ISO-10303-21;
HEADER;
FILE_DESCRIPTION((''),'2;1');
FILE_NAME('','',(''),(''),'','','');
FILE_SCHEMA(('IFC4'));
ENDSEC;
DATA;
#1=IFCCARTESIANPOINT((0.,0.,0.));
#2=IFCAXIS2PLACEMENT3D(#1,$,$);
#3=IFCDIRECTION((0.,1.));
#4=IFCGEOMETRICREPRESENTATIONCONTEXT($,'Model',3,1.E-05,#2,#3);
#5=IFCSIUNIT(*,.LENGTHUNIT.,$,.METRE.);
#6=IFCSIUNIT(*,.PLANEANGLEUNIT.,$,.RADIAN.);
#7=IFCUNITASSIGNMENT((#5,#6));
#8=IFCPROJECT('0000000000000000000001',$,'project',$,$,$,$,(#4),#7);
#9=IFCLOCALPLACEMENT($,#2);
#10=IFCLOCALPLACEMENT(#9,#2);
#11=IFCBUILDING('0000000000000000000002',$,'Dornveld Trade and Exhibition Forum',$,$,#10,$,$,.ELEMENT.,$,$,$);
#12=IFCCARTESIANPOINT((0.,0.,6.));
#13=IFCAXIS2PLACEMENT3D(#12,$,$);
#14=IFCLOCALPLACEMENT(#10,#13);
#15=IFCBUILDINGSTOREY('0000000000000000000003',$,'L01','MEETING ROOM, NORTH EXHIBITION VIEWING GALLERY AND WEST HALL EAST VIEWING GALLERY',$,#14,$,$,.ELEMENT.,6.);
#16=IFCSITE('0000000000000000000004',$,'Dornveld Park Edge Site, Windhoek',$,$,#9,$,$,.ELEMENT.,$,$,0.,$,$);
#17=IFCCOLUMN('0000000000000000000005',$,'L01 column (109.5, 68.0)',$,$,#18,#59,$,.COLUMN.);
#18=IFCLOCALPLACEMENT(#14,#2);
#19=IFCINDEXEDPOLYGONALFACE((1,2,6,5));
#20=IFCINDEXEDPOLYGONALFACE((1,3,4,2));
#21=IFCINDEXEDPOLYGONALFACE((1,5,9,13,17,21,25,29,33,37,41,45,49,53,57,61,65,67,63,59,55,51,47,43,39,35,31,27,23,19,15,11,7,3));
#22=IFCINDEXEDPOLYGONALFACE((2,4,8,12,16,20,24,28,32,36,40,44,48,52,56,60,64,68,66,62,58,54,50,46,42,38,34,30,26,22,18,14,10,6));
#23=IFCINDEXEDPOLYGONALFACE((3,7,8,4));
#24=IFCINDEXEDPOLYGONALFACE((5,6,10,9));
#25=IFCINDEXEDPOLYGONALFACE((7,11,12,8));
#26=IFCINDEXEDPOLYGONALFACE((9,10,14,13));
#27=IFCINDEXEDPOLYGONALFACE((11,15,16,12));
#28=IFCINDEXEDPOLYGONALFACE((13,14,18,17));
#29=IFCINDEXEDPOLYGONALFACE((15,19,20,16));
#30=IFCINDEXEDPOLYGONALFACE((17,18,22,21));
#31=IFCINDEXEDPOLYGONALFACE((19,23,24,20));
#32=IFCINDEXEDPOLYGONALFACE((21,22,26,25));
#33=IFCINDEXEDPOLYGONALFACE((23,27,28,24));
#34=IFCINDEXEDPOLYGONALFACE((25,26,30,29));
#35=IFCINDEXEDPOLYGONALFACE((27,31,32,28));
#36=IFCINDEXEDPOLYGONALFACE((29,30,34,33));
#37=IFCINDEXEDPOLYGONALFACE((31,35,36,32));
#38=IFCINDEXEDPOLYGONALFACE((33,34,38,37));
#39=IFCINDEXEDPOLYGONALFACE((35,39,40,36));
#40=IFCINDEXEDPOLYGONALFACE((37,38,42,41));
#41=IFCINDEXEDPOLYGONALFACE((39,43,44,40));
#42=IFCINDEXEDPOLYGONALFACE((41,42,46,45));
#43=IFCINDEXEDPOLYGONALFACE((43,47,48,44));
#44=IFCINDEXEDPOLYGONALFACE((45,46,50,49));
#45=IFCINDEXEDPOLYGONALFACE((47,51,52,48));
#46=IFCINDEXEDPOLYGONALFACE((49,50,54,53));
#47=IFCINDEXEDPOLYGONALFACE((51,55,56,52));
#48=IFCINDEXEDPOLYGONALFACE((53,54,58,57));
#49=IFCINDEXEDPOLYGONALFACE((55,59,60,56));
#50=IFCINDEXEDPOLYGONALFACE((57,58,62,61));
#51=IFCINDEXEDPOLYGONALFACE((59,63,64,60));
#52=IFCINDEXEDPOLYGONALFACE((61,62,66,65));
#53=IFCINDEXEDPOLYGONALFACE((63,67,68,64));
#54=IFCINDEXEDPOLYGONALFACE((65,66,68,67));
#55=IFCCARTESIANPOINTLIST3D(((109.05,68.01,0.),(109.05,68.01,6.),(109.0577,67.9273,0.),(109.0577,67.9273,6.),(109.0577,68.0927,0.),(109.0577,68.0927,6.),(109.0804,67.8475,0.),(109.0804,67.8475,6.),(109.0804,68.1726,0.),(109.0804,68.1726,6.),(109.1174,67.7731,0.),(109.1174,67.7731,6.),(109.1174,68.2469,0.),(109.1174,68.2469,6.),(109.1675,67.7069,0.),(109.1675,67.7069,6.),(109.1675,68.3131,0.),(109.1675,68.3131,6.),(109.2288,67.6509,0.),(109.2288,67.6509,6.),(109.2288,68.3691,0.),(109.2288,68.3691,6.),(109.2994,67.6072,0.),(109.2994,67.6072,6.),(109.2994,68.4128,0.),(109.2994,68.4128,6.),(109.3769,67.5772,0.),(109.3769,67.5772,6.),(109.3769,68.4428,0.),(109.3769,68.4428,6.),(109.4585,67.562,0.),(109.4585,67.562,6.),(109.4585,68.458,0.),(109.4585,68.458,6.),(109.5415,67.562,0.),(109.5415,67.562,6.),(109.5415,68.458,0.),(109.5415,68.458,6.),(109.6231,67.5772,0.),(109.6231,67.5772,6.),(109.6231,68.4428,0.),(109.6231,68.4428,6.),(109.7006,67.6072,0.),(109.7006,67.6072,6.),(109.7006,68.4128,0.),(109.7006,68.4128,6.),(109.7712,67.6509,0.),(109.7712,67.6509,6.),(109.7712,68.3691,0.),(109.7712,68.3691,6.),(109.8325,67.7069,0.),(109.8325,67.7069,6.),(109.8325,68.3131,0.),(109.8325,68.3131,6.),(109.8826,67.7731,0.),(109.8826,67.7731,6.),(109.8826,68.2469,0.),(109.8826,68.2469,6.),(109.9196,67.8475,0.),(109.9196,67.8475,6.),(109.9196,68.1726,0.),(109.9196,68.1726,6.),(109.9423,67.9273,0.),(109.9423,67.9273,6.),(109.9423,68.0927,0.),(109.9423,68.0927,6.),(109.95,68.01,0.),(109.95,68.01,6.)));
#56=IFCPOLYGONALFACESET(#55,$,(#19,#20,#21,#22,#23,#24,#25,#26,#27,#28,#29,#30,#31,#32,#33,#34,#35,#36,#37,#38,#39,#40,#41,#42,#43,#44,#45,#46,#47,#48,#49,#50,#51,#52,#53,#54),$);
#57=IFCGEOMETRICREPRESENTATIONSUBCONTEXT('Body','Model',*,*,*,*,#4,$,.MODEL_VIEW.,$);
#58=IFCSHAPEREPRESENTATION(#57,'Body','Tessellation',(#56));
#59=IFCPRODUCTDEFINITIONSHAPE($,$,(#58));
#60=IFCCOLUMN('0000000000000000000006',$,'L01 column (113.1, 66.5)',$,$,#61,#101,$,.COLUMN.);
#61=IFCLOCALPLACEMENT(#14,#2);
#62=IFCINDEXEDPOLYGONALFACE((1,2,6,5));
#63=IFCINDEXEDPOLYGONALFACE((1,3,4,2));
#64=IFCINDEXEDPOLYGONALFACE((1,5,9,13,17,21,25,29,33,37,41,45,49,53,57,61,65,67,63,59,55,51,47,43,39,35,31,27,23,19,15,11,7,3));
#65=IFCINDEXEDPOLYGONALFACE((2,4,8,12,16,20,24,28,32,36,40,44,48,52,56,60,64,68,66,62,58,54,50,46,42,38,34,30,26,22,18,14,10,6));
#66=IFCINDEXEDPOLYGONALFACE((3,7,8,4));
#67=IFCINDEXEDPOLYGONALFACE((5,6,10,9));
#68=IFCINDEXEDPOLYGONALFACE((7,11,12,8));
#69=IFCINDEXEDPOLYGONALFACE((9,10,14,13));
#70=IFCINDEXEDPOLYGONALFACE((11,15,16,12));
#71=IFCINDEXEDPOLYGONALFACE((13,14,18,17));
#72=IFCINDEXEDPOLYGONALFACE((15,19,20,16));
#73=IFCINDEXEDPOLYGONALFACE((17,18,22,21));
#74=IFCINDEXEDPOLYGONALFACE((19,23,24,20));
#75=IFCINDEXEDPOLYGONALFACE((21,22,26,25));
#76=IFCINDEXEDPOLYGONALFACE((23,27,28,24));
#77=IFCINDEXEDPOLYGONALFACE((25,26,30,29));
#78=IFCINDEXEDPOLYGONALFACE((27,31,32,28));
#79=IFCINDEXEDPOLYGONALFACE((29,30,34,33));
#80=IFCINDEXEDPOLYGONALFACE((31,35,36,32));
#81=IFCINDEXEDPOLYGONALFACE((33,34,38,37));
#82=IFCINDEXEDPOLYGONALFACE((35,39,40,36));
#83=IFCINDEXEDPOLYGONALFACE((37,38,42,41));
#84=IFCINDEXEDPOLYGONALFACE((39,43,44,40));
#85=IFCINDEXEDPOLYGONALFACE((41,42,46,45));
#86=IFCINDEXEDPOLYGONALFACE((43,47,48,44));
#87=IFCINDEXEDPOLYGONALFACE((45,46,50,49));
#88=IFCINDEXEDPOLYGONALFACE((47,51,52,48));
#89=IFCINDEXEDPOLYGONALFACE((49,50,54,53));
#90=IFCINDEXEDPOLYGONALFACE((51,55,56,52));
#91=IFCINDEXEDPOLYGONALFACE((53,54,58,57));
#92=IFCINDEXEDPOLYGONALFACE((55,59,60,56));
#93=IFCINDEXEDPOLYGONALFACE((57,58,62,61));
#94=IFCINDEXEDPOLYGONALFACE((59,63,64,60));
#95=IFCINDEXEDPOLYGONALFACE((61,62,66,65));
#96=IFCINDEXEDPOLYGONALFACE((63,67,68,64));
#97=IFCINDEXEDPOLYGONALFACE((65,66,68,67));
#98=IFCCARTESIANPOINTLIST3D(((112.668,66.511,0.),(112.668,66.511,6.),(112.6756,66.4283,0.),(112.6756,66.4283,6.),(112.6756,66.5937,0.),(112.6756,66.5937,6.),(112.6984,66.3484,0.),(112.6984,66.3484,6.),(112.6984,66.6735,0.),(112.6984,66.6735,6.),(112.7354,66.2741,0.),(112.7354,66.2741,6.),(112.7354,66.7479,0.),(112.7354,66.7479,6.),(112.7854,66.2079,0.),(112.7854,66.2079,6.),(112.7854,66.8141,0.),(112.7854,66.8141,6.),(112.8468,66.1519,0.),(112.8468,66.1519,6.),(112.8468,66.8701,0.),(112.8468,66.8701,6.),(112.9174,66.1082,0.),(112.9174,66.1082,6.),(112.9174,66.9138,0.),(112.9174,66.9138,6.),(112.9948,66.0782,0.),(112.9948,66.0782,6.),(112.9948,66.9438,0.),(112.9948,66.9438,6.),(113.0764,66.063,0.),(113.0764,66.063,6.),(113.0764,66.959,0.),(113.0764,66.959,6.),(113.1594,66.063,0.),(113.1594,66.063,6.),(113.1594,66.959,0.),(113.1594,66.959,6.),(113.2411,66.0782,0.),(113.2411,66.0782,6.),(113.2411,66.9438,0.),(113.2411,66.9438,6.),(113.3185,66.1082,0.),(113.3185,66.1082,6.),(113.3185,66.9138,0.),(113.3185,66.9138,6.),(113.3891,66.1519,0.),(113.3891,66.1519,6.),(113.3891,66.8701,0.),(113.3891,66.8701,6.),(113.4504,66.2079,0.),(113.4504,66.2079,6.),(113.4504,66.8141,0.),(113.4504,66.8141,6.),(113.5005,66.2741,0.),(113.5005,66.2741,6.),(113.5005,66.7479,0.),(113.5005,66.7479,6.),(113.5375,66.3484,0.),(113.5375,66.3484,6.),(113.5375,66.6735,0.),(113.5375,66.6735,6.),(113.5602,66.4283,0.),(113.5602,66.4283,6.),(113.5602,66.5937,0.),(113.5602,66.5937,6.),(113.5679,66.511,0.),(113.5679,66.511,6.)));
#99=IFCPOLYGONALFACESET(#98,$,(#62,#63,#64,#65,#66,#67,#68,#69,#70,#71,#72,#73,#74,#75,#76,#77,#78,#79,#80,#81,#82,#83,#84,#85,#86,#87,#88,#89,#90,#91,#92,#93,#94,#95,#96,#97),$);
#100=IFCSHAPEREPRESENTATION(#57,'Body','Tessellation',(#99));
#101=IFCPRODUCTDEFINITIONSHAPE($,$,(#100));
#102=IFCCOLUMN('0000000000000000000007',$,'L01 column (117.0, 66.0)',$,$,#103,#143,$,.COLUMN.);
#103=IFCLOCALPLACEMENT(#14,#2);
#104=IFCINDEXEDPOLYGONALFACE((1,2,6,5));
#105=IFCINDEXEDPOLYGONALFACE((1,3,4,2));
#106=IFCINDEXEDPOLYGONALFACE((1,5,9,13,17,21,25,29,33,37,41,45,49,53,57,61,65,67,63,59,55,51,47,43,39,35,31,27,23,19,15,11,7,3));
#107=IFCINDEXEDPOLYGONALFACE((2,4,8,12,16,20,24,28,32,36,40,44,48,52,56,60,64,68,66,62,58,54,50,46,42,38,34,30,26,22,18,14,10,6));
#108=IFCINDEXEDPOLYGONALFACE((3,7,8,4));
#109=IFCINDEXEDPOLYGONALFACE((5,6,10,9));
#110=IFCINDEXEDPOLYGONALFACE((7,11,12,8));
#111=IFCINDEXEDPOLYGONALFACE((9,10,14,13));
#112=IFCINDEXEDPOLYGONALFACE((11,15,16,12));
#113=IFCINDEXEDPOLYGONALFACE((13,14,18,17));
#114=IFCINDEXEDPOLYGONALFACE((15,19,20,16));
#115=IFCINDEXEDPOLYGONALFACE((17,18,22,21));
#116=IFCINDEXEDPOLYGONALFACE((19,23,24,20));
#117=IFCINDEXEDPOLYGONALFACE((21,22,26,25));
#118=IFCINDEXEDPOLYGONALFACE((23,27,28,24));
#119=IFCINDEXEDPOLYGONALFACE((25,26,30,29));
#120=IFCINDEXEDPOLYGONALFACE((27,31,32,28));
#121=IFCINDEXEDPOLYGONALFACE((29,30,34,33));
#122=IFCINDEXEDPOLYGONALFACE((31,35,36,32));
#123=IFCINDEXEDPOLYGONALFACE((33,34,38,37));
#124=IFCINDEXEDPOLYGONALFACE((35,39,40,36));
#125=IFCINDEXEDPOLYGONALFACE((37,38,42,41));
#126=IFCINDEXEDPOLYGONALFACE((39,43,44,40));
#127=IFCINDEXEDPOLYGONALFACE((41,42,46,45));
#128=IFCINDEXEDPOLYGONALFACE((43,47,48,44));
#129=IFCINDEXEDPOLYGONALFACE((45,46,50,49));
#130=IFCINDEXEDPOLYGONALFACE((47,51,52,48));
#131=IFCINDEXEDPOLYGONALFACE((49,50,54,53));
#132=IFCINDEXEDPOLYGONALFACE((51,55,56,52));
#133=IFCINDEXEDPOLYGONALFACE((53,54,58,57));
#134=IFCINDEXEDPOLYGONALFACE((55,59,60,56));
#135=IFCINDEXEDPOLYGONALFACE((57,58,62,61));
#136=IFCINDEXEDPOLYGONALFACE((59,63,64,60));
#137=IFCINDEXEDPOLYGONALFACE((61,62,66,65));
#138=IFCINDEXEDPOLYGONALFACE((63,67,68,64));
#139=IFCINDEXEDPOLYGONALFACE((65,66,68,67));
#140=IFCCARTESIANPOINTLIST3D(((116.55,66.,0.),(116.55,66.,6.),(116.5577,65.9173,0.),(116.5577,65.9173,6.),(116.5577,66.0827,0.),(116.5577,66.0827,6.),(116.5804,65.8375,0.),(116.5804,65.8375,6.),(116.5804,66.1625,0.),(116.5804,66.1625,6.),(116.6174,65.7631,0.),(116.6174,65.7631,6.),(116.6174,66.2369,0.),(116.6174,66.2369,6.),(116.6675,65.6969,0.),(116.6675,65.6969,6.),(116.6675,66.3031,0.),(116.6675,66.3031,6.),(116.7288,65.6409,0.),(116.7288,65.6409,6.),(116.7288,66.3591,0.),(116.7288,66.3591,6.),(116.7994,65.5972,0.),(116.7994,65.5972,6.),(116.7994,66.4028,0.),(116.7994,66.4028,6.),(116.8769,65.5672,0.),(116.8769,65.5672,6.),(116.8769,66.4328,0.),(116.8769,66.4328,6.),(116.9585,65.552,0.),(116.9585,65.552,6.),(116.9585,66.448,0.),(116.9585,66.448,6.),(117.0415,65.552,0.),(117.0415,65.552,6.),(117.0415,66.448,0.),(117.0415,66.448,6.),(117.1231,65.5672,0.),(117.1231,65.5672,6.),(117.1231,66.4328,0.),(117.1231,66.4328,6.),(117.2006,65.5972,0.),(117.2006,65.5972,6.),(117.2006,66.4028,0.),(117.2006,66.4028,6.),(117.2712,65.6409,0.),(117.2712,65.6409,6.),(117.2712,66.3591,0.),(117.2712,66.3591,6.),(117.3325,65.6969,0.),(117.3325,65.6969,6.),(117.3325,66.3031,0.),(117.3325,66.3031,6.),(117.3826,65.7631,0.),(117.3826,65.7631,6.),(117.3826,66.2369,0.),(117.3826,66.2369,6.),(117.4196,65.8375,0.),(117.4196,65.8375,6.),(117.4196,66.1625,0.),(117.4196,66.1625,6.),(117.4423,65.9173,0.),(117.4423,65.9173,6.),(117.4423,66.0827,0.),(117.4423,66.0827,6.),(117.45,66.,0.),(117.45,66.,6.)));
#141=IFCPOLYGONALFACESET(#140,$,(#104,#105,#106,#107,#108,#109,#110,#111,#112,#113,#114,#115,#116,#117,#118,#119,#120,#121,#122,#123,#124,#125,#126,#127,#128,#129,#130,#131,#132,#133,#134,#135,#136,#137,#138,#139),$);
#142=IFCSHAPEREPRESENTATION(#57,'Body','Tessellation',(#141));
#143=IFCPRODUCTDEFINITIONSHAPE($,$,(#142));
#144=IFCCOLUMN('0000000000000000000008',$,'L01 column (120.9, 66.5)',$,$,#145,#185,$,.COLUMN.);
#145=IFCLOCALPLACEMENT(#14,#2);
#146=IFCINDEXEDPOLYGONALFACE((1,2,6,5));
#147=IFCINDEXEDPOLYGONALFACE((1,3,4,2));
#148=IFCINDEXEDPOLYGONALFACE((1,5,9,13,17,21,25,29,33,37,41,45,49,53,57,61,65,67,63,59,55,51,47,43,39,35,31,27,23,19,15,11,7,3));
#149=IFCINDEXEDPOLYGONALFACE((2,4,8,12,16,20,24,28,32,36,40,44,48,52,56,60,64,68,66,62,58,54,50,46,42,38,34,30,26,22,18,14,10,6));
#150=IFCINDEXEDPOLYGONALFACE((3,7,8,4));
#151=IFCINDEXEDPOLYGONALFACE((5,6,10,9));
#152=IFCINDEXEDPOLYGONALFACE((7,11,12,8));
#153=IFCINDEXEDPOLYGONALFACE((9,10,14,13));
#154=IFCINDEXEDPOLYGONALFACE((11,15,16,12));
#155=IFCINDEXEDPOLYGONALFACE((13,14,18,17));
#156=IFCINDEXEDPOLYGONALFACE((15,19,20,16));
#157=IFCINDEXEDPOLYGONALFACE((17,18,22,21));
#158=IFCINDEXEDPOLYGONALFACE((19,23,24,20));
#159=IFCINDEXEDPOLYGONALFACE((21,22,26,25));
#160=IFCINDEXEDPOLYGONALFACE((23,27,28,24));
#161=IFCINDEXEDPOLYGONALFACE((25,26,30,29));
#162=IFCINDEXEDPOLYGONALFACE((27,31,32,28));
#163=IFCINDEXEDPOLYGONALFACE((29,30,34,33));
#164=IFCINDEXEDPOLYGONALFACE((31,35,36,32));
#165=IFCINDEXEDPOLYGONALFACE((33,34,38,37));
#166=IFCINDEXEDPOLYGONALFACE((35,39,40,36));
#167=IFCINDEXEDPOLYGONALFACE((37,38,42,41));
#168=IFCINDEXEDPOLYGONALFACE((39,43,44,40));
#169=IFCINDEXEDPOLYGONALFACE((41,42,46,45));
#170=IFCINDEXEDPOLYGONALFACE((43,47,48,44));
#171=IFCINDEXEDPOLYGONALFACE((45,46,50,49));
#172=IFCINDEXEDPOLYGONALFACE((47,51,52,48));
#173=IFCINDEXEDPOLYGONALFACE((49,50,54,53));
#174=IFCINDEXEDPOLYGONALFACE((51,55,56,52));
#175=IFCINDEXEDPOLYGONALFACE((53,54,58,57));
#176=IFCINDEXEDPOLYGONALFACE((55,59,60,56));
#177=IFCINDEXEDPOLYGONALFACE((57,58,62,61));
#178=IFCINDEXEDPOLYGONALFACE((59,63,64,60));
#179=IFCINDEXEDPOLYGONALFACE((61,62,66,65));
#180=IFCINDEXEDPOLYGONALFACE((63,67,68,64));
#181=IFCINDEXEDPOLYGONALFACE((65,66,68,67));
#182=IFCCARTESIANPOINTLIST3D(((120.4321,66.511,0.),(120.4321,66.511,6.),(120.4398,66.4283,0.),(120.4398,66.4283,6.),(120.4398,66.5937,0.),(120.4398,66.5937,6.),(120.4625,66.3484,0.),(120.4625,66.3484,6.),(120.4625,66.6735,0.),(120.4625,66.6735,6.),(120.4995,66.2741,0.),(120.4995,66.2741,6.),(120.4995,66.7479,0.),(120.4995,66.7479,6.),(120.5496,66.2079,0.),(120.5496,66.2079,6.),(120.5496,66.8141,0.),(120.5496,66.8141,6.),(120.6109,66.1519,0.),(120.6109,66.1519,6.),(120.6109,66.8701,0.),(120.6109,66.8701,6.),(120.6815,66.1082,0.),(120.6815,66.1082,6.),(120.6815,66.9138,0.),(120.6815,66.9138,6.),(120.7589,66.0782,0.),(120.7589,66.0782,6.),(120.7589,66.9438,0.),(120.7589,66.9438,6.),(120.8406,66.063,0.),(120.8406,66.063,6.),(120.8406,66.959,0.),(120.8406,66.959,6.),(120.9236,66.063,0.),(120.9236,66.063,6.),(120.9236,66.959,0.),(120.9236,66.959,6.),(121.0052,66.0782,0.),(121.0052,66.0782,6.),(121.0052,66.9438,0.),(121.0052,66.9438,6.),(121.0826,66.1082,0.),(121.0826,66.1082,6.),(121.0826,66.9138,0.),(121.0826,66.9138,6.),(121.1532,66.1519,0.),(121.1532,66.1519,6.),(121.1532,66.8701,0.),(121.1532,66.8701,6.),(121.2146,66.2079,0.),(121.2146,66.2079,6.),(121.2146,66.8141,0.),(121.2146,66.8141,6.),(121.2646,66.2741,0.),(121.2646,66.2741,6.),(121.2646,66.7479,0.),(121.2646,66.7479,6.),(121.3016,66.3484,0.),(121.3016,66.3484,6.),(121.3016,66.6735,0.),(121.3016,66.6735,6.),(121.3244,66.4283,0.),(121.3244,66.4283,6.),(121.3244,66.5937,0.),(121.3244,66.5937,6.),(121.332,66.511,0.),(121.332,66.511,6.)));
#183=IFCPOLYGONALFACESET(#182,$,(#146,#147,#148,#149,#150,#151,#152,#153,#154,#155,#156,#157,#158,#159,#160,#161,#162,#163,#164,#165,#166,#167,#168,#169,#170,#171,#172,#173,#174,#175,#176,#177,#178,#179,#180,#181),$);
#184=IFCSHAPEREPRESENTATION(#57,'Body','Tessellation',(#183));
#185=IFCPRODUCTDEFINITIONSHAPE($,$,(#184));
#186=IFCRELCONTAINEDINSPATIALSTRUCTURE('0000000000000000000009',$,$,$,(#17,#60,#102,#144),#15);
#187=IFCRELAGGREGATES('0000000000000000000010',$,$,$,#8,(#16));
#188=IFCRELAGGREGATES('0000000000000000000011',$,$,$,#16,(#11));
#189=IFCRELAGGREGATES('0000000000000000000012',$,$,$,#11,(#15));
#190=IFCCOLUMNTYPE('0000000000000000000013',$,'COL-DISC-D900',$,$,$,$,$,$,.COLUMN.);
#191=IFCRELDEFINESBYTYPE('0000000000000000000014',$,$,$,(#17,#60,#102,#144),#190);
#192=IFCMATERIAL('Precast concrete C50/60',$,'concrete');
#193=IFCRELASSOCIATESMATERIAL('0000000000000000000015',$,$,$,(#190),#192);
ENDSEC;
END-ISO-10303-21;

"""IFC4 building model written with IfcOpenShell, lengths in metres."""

from ifc_helpers import new_model, si_unit, direction, frame, origin, origin_2d, place, context, subcontext, project, spatial, circle, extrude, material, material_profile, profile_set, type_object, element, save


model = new_model("IFC4")

# Units and contexts
model_context = context("Model", 3, precision=1e-05, world=origin(), true_north=direction((0.0, 1.0)))
body_context = subcontext(model_context, "Body", "Model", "MODEL_VIEW")
ifc_project = project(units=[si_unit("LENGTHUNIT", "METRE"), si_unit("PLANEANGLEUNIT", "RADIAN")], contexts=[model_context])

# Site, building, storey
site_placement = place(None, origin())
site = spatial("IfcSite", under=ifc_project, at=site_placement, Name="Dornveld Park Edge Site, Windhoek", CompositionType="ELEMENT", RefElevation=0.0)
building_placement = place(site_placement, origin())
building = spatial("IfcBuilding", under=site, at=building_placement, Name="Dornveld Trade and Exhibition Forum", CompositionType="ELEMENT")
storey_placement = place(building_placement, frame((0.0, 0.0, 6.0)))
storey = spatial("IfcBuildingStorey", under=building, at=storey_placement, Name="L01", Description="MEETING ROOM, NORTH EXHIBITION VIEWING GALLERY AND WEST HALL EAST VIEWING GALLERY", CompositionType="ELEMENT", Elevation=6.0)

# Columns
ifc_material_1 = material(Name="Precast concrete C50/60", Category="concrete")
ifc_material_profile_1 = material_profile(ifc_material_1, circle(Radius=0.45, at=origin_2d()), Name="PC-COL D900")
ifc_profile_set_1 = profile_set([ifc_material_profile_1], Name="Precast concrete C50/60")
column_type_1 = type_object("IfcColumnType", Name="COL-DISC-D900", PredefinedType="COLUMN", material=ifc_profile_set_1)
for number, where, z_axis, x_axis, name in (
    (1, (109.5, 68.01, 0.0), (0.0, 0.0, 1.0), (1.0, 0.0, 0.0), "L01 column (109.5, 68.0)"),
    (2, (113.1179, 66.511, 0.0), (0.0, 0.0, 1.0), (1.0, 0.0, 0.0), "L01 column (113.1, 66.5)"),
    (3, (117.0, 66.0, 0.0), (0.0, 0.0, 1.0), (1.0, 0.0, 0.0), "L01 column (117.0, 66.0)"),
    (4, (120.8821, 66.511, 0.0), (0.0, 0.0, 1.0), (1.0, 0.0, 0.0), "L01 column (120.9, 66.5)"),
):
    element("IfcColumn", number, at=place(storey_placement, frame(where, z_axis=z_axis, x_axis=x_axis)), inside=storey, type_object=column_type_1, Name=name, PredefinedType="COLUMN", context=body_context, shape_type="SweptSolid", body=[
        extrude(circle(Radius=0.45, at=origin_2d()), origin(), (0.0, 0.0, 1.0), 6.0),
    ])

save(model, "model.ifc")
